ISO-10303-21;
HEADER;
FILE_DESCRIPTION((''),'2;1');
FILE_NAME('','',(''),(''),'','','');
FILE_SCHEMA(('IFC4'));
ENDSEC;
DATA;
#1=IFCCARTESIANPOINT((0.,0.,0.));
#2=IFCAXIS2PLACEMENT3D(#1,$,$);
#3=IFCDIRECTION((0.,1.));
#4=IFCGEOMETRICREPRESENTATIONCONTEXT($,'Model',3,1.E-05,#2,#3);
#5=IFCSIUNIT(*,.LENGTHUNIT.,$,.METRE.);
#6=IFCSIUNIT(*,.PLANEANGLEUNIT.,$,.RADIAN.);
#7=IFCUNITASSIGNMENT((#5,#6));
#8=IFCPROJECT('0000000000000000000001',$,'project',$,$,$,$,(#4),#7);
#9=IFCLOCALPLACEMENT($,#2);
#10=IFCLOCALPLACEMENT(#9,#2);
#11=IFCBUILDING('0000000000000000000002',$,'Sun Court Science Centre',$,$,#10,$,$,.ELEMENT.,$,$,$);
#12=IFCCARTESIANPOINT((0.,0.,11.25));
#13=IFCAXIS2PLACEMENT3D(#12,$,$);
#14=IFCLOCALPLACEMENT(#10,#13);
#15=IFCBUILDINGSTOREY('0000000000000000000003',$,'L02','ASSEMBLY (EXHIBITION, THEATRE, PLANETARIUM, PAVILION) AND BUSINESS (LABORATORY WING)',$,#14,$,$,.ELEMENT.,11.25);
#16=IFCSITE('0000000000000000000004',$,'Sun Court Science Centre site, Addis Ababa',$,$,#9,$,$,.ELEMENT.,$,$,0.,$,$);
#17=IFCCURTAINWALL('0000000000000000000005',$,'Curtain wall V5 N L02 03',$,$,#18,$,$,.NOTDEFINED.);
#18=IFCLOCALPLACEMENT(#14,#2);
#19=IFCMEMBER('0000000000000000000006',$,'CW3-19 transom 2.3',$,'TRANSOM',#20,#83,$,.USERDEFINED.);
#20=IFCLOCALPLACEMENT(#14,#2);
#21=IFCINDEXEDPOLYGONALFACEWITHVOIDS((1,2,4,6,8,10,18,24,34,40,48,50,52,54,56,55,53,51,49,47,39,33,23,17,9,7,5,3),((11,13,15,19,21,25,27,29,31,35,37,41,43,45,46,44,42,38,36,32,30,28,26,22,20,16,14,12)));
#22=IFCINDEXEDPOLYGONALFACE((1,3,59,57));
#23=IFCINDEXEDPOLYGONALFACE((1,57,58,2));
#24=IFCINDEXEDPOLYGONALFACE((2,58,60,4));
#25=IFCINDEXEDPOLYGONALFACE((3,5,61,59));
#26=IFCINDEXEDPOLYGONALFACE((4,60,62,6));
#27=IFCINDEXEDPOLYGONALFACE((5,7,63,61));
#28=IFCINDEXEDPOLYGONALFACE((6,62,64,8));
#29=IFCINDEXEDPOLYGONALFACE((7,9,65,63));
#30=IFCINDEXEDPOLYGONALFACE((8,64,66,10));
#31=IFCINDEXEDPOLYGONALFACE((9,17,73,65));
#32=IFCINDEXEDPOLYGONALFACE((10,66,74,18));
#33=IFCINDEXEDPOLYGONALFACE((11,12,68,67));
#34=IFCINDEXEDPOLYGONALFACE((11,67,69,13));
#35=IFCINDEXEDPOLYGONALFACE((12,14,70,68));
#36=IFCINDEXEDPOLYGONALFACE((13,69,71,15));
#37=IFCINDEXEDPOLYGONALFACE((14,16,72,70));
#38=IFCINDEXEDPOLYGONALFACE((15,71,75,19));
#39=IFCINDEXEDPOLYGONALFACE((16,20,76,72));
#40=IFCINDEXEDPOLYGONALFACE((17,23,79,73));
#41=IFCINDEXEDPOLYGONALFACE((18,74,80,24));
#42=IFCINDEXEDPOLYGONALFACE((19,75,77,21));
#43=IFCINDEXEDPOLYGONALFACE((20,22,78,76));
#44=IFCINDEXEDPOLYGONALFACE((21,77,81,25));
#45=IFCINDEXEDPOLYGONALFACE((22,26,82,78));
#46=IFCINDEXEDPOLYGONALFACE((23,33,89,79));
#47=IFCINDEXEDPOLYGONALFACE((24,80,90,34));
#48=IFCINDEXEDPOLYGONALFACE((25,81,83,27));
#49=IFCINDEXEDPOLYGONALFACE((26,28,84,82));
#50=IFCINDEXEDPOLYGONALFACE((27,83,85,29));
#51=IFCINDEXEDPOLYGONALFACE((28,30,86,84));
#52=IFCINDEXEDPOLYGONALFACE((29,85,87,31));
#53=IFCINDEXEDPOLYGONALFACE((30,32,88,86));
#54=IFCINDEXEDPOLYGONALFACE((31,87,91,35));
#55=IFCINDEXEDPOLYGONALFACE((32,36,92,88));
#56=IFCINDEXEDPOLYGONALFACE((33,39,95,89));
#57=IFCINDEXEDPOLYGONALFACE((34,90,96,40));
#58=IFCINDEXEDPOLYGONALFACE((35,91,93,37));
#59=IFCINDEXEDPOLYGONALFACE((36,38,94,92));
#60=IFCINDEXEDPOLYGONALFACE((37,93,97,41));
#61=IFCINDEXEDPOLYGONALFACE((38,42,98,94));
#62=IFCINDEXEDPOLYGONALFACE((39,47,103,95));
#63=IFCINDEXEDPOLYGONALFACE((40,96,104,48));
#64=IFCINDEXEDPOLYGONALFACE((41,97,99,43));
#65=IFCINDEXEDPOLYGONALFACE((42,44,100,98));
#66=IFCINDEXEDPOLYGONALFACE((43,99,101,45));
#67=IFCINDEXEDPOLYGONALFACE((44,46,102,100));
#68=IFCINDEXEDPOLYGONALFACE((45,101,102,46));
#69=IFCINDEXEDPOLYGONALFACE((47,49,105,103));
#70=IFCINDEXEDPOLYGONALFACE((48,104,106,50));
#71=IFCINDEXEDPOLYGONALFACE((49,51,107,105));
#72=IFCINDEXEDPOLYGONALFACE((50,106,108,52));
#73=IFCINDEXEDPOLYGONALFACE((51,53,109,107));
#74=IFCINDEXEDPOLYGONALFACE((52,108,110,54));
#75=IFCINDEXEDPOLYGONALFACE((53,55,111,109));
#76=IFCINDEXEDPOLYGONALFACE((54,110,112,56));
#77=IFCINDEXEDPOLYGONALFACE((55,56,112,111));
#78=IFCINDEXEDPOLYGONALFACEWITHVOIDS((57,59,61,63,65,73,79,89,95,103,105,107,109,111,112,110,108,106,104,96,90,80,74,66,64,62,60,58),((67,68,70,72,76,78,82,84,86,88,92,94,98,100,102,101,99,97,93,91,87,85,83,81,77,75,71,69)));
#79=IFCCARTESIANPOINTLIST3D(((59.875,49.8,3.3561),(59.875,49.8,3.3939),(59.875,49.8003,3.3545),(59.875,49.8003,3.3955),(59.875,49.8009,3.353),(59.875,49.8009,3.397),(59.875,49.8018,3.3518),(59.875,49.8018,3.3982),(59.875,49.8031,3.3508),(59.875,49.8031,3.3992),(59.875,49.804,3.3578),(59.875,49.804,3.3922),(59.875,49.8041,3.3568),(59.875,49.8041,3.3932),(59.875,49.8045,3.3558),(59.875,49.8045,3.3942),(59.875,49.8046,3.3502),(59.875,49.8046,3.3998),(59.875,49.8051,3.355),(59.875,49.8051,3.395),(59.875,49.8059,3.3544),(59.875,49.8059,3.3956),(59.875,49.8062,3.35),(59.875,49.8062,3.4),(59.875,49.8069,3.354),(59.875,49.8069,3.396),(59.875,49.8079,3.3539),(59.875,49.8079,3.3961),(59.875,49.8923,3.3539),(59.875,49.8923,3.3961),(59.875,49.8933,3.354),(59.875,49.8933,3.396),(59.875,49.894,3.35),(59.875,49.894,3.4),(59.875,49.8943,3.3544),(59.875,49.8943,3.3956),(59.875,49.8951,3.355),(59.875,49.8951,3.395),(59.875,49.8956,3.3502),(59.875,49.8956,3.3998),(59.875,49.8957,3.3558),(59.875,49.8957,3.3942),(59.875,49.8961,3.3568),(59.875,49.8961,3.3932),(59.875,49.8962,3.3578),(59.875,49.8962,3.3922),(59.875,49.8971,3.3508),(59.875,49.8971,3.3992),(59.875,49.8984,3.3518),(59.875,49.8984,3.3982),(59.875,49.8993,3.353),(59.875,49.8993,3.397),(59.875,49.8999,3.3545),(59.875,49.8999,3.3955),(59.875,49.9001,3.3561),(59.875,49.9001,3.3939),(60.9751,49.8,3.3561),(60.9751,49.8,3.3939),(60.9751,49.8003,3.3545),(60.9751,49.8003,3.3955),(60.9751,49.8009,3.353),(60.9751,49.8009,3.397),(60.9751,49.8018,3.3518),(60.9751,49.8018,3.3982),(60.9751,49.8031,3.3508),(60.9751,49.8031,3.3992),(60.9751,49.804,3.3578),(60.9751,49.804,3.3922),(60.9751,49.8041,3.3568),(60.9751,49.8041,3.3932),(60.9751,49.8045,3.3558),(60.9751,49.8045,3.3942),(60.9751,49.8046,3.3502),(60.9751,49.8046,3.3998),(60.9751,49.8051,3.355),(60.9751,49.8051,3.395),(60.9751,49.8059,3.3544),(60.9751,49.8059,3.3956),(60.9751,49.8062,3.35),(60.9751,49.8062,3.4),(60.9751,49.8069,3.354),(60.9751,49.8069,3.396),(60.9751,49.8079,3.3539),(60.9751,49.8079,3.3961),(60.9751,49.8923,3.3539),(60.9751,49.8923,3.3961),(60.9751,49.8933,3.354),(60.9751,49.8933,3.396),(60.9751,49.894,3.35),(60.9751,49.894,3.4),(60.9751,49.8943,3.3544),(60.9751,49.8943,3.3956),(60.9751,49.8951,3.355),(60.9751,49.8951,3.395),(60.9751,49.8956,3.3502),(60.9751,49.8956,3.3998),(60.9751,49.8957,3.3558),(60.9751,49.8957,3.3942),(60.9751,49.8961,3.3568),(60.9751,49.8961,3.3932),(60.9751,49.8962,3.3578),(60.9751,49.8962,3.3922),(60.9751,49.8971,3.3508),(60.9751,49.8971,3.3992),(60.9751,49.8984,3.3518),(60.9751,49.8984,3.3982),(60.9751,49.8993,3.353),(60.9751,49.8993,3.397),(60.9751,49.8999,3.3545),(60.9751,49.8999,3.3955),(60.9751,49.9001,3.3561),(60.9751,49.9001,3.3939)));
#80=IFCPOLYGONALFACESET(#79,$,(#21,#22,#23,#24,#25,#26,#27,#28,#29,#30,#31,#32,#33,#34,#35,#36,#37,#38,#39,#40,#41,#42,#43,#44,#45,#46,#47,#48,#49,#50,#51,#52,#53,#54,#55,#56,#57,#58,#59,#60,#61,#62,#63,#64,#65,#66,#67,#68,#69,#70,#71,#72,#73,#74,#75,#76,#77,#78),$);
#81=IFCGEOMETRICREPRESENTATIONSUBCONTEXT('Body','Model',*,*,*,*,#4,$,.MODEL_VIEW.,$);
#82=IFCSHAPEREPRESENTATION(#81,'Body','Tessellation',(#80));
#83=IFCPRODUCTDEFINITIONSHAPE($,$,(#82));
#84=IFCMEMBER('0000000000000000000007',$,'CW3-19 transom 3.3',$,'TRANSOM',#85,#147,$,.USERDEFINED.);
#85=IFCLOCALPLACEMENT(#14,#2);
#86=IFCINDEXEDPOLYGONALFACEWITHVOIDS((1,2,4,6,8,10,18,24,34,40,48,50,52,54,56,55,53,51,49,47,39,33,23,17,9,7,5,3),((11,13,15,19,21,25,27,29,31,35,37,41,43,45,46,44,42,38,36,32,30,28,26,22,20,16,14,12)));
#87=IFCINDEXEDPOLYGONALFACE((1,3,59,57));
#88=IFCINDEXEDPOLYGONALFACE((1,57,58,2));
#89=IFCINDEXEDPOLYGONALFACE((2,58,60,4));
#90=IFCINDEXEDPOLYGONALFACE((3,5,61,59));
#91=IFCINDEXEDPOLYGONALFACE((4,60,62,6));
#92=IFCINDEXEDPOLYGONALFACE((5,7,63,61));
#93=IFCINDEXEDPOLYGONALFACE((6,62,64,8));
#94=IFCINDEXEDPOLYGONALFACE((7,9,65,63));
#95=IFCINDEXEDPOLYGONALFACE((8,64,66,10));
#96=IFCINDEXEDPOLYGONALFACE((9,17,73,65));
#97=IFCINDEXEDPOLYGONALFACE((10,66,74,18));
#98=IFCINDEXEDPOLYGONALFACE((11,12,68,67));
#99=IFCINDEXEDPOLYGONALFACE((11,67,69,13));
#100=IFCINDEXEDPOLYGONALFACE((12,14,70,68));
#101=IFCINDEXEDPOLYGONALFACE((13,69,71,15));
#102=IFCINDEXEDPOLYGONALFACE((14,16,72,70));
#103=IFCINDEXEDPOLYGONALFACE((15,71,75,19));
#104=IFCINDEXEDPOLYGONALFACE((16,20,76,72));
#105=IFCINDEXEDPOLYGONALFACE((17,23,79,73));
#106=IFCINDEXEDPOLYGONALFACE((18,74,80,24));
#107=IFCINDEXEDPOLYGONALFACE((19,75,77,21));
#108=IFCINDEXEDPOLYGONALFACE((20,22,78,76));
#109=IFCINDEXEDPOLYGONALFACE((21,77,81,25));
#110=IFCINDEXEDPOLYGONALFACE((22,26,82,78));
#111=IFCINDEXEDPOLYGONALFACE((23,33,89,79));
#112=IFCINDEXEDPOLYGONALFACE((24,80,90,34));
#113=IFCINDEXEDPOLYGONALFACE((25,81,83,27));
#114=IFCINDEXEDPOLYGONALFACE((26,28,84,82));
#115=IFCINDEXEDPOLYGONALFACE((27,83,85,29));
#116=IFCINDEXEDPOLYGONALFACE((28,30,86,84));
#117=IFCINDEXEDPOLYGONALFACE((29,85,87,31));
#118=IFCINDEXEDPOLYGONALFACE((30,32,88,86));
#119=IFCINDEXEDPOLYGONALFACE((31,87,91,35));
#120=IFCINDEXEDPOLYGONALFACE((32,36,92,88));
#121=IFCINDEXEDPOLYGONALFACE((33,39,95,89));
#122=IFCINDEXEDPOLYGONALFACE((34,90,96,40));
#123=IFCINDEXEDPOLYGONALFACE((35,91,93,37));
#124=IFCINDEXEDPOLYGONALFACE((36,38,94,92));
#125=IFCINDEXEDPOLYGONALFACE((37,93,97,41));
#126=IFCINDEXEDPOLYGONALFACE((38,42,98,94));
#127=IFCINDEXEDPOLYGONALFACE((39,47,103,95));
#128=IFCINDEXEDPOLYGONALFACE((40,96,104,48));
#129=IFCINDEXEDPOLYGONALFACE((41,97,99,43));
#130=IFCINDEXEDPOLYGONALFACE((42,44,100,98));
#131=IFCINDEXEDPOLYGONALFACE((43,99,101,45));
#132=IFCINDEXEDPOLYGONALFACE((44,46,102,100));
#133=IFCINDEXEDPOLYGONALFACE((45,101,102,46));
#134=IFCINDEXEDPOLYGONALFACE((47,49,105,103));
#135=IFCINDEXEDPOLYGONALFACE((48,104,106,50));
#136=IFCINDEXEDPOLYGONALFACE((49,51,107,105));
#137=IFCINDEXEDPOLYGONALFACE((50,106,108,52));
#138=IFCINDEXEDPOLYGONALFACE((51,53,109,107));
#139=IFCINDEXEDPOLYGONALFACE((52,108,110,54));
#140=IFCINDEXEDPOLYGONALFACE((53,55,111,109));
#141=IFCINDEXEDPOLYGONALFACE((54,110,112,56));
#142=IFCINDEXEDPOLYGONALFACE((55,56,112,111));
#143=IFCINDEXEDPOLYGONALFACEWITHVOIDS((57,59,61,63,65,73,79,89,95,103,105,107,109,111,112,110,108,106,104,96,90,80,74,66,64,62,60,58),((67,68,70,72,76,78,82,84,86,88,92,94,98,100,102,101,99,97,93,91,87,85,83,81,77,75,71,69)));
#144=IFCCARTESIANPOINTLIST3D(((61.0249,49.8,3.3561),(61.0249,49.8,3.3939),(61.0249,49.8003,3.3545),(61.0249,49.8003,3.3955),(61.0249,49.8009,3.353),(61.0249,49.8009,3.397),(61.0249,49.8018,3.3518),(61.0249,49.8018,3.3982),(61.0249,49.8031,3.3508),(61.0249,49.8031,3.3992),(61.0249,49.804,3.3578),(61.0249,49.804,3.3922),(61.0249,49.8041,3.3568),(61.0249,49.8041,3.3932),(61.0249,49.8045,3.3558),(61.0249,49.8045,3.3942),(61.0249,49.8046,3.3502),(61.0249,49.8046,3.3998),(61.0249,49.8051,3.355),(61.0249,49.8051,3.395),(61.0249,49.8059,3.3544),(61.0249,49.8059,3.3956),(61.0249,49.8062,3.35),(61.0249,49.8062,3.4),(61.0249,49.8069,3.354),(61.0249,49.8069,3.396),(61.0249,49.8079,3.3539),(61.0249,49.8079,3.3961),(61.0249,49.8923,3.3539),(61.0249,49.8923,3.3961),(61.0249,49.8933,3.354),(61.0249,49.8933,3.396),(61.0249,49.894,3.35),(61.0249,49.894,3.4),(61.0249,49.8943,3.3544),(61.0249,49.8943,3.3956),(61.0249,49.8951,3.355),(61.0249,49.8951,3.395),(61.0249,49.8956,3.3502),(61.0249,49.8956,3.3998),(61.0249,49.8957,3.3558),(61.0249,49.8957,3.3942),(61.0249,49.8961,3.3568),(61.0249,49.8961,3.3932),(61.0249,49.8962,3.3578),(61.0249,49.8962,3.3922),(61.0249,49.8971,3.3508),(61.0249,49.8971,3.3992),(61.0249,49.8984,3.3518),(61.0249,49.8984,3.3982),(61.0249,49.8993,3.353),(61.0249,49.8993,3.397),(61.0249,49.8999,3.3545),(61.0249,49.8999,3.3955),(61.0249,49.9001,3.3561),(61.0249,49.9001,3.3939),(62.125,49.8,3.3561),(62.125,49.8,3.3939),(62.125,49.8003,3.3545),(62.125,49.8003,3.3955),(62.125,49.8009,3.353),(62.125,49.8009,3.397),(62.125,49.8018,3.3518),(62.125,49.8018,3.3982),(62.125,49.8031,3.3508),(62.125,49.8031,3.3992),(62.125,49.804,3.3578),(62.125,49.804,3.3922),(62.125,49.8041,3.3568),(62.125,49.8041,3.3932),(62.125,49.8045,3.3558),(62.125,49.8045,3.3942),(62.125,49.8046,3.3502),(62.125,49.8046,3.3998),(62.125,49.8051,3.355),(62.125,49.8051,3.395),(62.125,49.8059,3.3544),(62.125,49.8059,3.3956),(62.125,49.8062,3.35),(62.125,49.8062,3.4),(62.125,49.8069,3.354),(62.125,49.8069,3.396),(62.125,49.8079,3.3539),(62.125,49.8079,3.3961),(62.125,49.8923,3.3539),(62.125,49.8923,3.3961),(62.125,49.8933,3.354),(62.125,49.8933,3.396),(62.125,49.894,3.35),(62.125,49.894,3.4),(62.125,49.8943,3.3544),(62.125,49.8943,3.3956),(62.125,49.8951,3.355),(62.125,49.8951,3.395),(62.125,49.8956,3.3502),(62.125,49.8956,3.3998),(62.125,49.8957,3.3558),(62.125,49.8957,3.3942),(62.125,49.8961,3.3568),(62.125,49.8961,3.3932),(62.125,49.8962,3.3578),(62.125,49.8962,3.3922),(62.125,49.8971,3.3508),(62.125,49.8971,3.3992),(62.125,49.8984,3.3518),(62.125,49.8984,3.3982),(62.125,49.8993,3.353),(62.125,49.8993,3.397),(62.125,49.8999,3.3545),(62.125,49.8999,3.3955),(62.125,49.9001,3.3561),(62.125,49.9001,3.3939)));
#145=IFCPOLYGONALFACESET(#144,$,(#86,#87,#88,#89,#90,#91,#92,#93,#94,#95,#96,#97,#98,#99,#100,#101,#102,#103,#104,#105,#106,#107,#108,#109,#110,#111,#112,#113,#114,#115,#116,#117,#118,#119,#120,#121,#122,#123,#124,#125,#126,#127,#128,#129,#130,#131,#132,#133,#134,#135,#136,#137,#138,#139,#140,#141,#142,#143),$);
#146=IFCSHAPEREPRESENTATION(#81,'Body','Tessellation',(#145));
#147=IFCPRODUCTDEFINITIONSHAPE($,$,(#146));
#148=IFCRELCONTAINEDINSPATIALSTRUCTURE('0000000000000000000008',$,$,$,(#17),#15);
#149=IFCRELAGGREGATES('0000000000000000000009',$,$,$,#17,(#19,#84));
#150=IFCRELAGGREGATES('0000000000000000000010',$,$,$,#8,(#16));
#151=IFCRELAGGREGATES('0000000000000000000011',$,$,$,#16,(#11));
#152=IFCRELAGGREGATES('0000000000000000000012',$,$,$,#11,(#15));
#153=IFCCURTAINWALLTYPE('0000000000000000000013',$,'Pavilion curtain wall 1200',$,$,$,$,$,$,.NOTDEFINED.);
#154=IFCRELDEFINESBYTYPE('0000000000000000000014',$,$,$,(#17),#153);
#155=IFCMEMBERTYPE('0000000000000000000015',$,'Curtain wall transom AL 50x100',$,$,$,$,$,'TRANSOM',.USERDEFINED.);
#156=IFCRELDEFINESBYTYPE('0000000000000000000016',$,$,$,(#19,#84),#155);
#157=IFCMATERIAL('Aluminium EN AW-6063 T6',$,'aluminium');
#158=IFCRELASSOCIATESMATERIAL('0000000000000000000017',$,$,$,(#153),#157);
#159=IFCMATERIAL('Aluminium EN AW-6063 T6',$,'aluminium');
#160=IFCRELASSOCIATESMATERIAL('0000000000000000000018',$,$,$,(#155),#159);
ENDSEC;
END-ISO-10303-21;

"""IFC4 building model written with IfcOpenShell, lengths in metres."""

from ifc_helpers import new_model, si_unit, direction, frame, origin, origin_2d, place, context, subcontext, project, spatial, hollow_rectangle, extrude, material, material_profile, profile_set, type_object, element, aggregate, save


model = new_model("IFC4")

# Units and contexts
model_context = context("Model", 3, precision=1e-05, world=origin(), true_north=direction((0.0, 1.0)))
body_context = subcontext(model_context, "Body", "Model", "MODEL_VIEW")
ifc_project = project(units=[si_unit("LENGTHUNIT", "METRE"), si_unit("PLANEANGLEUNIT", "RADIAN")], contexts=[model_context])

# Site, building, storey
site_placement = place(None, origin())
site = spatial("IfcSite", under=ifc_project, at=site_placement, Name="Sun Court Science Centre site, Addis Ababa", CompositionType="ELEMENT", RefElevation=0.0)
building_placement = place(site_placement, origin())
building = spatial("IfcBuilding", under=site, at=building_placement, Name="Sun Court Science Centre", CompositionType="ELEMENT")
storey_placement = place(building_placement, frame((0.0, 0.0, 11.25)))
storey = spatial("IfcBuildingStorey", under=building, at=storey_placement, Name="L02", Description="ASSEMBLY (EXHIBITION, THEATRE, PLANETARIUM, PAVILION) AND BUSINESS (LABORATORY WING)", CompositionType="ELEMENT", Elevation=11.25)

# Curtain wall, members
ifc_material_1 = material(Name="Aluminium EN AW-6063 T6", Category="aluminium")
curtain_wall_type = type_object("IfcCurtainWallType", Name="Pavilion curtain wall 1200", PredefinedType="NOTDEFINED", material=ifc_material_1)
curtain_wall_placement = place(storey_placement, origin())
curtain_wall = element("IfcCurtainWall", 1, at=curtain_wall_placement, inside=storey, type_object=curtain_wall_type, Name="Curtain wall V5 N L02 03", PredefinedType="NOTDEFINED")
ifc_material_2 = material(Name="Aluminium EN AW-6063 T6", Category="aluminium")
ifc_material_profile_1 = material_profile(ifc_material_2, hollow_rectangle(XDim=0.05, YDim=0.1001, WallThickness=0.0039, InnerFilletRadius=0.0039, OuterFilletRadius=0.0061, at=origin_2d()), Name="AL 50x100x4")
ifc_profile_set_1 = profile_set([ifc_material_profile_1], Name="Aluminium EN AW-6063 T6")
member_type_1 = type_object("IfcMemberType", Name="Curtain wall transom AL 50x100", ElementType="TRANSOM", PredefinedType="USERDEFINED", material=ifc_profile_set_1)
member_1_placement = place(storey_placement, frame((59.875, 49.8501, 3.375), z_axis=(1.0, 0.0, 0.0), x_axis=(0.0, 0.0, 1.0)))
member_1 = element("IfcMember", 2, at=member_1_placement, type_object=member_type_1, Name="CW3-19 transom 2.3", ObjectType="TRANSOM", PredefinedType="USERDEFINED", context=body_context, shape_type="SweptSolid", body=[
    extrude(hollow_rectangle(XDim=0.05, YDim=0.1001, WallThickness=0.0039, InnerFilletRadius=0.0039, OuterFilletRadius=0.0061, at=origin_2d()), origin(), (0.0, 0.0, 1.0), 1.1001),
])
member_2_placement = place(storey_placement, frame((61.0249, 49.8501, 3.375), z_axis=(1.0, 0.0, 0.0), x_axis=(0.0, 0.0, 1.0)))
member_2 = element("IfcMember", 3, at=member_2_placement, type_object=member_type_1, Name="CW3-19 transom 3.3", ObjectType="TRANSOM", PredefinedType="USERDEFINED", context=body_context, shape_type="SweptSolid", body=[
    extrude(hollow_rectangle(XDim=0.05, YDim=0.1001, WallThickness=0.0039, InnerFilletRadius=0.0039, OuterFilletRadius=0.0061, at=origin_2d()), origin(), (0.0, 0.0, 1.0), 1.1001),
])
aggregate(curtain_wall, [member_1, member_2])

save(model, "model.ifc")
